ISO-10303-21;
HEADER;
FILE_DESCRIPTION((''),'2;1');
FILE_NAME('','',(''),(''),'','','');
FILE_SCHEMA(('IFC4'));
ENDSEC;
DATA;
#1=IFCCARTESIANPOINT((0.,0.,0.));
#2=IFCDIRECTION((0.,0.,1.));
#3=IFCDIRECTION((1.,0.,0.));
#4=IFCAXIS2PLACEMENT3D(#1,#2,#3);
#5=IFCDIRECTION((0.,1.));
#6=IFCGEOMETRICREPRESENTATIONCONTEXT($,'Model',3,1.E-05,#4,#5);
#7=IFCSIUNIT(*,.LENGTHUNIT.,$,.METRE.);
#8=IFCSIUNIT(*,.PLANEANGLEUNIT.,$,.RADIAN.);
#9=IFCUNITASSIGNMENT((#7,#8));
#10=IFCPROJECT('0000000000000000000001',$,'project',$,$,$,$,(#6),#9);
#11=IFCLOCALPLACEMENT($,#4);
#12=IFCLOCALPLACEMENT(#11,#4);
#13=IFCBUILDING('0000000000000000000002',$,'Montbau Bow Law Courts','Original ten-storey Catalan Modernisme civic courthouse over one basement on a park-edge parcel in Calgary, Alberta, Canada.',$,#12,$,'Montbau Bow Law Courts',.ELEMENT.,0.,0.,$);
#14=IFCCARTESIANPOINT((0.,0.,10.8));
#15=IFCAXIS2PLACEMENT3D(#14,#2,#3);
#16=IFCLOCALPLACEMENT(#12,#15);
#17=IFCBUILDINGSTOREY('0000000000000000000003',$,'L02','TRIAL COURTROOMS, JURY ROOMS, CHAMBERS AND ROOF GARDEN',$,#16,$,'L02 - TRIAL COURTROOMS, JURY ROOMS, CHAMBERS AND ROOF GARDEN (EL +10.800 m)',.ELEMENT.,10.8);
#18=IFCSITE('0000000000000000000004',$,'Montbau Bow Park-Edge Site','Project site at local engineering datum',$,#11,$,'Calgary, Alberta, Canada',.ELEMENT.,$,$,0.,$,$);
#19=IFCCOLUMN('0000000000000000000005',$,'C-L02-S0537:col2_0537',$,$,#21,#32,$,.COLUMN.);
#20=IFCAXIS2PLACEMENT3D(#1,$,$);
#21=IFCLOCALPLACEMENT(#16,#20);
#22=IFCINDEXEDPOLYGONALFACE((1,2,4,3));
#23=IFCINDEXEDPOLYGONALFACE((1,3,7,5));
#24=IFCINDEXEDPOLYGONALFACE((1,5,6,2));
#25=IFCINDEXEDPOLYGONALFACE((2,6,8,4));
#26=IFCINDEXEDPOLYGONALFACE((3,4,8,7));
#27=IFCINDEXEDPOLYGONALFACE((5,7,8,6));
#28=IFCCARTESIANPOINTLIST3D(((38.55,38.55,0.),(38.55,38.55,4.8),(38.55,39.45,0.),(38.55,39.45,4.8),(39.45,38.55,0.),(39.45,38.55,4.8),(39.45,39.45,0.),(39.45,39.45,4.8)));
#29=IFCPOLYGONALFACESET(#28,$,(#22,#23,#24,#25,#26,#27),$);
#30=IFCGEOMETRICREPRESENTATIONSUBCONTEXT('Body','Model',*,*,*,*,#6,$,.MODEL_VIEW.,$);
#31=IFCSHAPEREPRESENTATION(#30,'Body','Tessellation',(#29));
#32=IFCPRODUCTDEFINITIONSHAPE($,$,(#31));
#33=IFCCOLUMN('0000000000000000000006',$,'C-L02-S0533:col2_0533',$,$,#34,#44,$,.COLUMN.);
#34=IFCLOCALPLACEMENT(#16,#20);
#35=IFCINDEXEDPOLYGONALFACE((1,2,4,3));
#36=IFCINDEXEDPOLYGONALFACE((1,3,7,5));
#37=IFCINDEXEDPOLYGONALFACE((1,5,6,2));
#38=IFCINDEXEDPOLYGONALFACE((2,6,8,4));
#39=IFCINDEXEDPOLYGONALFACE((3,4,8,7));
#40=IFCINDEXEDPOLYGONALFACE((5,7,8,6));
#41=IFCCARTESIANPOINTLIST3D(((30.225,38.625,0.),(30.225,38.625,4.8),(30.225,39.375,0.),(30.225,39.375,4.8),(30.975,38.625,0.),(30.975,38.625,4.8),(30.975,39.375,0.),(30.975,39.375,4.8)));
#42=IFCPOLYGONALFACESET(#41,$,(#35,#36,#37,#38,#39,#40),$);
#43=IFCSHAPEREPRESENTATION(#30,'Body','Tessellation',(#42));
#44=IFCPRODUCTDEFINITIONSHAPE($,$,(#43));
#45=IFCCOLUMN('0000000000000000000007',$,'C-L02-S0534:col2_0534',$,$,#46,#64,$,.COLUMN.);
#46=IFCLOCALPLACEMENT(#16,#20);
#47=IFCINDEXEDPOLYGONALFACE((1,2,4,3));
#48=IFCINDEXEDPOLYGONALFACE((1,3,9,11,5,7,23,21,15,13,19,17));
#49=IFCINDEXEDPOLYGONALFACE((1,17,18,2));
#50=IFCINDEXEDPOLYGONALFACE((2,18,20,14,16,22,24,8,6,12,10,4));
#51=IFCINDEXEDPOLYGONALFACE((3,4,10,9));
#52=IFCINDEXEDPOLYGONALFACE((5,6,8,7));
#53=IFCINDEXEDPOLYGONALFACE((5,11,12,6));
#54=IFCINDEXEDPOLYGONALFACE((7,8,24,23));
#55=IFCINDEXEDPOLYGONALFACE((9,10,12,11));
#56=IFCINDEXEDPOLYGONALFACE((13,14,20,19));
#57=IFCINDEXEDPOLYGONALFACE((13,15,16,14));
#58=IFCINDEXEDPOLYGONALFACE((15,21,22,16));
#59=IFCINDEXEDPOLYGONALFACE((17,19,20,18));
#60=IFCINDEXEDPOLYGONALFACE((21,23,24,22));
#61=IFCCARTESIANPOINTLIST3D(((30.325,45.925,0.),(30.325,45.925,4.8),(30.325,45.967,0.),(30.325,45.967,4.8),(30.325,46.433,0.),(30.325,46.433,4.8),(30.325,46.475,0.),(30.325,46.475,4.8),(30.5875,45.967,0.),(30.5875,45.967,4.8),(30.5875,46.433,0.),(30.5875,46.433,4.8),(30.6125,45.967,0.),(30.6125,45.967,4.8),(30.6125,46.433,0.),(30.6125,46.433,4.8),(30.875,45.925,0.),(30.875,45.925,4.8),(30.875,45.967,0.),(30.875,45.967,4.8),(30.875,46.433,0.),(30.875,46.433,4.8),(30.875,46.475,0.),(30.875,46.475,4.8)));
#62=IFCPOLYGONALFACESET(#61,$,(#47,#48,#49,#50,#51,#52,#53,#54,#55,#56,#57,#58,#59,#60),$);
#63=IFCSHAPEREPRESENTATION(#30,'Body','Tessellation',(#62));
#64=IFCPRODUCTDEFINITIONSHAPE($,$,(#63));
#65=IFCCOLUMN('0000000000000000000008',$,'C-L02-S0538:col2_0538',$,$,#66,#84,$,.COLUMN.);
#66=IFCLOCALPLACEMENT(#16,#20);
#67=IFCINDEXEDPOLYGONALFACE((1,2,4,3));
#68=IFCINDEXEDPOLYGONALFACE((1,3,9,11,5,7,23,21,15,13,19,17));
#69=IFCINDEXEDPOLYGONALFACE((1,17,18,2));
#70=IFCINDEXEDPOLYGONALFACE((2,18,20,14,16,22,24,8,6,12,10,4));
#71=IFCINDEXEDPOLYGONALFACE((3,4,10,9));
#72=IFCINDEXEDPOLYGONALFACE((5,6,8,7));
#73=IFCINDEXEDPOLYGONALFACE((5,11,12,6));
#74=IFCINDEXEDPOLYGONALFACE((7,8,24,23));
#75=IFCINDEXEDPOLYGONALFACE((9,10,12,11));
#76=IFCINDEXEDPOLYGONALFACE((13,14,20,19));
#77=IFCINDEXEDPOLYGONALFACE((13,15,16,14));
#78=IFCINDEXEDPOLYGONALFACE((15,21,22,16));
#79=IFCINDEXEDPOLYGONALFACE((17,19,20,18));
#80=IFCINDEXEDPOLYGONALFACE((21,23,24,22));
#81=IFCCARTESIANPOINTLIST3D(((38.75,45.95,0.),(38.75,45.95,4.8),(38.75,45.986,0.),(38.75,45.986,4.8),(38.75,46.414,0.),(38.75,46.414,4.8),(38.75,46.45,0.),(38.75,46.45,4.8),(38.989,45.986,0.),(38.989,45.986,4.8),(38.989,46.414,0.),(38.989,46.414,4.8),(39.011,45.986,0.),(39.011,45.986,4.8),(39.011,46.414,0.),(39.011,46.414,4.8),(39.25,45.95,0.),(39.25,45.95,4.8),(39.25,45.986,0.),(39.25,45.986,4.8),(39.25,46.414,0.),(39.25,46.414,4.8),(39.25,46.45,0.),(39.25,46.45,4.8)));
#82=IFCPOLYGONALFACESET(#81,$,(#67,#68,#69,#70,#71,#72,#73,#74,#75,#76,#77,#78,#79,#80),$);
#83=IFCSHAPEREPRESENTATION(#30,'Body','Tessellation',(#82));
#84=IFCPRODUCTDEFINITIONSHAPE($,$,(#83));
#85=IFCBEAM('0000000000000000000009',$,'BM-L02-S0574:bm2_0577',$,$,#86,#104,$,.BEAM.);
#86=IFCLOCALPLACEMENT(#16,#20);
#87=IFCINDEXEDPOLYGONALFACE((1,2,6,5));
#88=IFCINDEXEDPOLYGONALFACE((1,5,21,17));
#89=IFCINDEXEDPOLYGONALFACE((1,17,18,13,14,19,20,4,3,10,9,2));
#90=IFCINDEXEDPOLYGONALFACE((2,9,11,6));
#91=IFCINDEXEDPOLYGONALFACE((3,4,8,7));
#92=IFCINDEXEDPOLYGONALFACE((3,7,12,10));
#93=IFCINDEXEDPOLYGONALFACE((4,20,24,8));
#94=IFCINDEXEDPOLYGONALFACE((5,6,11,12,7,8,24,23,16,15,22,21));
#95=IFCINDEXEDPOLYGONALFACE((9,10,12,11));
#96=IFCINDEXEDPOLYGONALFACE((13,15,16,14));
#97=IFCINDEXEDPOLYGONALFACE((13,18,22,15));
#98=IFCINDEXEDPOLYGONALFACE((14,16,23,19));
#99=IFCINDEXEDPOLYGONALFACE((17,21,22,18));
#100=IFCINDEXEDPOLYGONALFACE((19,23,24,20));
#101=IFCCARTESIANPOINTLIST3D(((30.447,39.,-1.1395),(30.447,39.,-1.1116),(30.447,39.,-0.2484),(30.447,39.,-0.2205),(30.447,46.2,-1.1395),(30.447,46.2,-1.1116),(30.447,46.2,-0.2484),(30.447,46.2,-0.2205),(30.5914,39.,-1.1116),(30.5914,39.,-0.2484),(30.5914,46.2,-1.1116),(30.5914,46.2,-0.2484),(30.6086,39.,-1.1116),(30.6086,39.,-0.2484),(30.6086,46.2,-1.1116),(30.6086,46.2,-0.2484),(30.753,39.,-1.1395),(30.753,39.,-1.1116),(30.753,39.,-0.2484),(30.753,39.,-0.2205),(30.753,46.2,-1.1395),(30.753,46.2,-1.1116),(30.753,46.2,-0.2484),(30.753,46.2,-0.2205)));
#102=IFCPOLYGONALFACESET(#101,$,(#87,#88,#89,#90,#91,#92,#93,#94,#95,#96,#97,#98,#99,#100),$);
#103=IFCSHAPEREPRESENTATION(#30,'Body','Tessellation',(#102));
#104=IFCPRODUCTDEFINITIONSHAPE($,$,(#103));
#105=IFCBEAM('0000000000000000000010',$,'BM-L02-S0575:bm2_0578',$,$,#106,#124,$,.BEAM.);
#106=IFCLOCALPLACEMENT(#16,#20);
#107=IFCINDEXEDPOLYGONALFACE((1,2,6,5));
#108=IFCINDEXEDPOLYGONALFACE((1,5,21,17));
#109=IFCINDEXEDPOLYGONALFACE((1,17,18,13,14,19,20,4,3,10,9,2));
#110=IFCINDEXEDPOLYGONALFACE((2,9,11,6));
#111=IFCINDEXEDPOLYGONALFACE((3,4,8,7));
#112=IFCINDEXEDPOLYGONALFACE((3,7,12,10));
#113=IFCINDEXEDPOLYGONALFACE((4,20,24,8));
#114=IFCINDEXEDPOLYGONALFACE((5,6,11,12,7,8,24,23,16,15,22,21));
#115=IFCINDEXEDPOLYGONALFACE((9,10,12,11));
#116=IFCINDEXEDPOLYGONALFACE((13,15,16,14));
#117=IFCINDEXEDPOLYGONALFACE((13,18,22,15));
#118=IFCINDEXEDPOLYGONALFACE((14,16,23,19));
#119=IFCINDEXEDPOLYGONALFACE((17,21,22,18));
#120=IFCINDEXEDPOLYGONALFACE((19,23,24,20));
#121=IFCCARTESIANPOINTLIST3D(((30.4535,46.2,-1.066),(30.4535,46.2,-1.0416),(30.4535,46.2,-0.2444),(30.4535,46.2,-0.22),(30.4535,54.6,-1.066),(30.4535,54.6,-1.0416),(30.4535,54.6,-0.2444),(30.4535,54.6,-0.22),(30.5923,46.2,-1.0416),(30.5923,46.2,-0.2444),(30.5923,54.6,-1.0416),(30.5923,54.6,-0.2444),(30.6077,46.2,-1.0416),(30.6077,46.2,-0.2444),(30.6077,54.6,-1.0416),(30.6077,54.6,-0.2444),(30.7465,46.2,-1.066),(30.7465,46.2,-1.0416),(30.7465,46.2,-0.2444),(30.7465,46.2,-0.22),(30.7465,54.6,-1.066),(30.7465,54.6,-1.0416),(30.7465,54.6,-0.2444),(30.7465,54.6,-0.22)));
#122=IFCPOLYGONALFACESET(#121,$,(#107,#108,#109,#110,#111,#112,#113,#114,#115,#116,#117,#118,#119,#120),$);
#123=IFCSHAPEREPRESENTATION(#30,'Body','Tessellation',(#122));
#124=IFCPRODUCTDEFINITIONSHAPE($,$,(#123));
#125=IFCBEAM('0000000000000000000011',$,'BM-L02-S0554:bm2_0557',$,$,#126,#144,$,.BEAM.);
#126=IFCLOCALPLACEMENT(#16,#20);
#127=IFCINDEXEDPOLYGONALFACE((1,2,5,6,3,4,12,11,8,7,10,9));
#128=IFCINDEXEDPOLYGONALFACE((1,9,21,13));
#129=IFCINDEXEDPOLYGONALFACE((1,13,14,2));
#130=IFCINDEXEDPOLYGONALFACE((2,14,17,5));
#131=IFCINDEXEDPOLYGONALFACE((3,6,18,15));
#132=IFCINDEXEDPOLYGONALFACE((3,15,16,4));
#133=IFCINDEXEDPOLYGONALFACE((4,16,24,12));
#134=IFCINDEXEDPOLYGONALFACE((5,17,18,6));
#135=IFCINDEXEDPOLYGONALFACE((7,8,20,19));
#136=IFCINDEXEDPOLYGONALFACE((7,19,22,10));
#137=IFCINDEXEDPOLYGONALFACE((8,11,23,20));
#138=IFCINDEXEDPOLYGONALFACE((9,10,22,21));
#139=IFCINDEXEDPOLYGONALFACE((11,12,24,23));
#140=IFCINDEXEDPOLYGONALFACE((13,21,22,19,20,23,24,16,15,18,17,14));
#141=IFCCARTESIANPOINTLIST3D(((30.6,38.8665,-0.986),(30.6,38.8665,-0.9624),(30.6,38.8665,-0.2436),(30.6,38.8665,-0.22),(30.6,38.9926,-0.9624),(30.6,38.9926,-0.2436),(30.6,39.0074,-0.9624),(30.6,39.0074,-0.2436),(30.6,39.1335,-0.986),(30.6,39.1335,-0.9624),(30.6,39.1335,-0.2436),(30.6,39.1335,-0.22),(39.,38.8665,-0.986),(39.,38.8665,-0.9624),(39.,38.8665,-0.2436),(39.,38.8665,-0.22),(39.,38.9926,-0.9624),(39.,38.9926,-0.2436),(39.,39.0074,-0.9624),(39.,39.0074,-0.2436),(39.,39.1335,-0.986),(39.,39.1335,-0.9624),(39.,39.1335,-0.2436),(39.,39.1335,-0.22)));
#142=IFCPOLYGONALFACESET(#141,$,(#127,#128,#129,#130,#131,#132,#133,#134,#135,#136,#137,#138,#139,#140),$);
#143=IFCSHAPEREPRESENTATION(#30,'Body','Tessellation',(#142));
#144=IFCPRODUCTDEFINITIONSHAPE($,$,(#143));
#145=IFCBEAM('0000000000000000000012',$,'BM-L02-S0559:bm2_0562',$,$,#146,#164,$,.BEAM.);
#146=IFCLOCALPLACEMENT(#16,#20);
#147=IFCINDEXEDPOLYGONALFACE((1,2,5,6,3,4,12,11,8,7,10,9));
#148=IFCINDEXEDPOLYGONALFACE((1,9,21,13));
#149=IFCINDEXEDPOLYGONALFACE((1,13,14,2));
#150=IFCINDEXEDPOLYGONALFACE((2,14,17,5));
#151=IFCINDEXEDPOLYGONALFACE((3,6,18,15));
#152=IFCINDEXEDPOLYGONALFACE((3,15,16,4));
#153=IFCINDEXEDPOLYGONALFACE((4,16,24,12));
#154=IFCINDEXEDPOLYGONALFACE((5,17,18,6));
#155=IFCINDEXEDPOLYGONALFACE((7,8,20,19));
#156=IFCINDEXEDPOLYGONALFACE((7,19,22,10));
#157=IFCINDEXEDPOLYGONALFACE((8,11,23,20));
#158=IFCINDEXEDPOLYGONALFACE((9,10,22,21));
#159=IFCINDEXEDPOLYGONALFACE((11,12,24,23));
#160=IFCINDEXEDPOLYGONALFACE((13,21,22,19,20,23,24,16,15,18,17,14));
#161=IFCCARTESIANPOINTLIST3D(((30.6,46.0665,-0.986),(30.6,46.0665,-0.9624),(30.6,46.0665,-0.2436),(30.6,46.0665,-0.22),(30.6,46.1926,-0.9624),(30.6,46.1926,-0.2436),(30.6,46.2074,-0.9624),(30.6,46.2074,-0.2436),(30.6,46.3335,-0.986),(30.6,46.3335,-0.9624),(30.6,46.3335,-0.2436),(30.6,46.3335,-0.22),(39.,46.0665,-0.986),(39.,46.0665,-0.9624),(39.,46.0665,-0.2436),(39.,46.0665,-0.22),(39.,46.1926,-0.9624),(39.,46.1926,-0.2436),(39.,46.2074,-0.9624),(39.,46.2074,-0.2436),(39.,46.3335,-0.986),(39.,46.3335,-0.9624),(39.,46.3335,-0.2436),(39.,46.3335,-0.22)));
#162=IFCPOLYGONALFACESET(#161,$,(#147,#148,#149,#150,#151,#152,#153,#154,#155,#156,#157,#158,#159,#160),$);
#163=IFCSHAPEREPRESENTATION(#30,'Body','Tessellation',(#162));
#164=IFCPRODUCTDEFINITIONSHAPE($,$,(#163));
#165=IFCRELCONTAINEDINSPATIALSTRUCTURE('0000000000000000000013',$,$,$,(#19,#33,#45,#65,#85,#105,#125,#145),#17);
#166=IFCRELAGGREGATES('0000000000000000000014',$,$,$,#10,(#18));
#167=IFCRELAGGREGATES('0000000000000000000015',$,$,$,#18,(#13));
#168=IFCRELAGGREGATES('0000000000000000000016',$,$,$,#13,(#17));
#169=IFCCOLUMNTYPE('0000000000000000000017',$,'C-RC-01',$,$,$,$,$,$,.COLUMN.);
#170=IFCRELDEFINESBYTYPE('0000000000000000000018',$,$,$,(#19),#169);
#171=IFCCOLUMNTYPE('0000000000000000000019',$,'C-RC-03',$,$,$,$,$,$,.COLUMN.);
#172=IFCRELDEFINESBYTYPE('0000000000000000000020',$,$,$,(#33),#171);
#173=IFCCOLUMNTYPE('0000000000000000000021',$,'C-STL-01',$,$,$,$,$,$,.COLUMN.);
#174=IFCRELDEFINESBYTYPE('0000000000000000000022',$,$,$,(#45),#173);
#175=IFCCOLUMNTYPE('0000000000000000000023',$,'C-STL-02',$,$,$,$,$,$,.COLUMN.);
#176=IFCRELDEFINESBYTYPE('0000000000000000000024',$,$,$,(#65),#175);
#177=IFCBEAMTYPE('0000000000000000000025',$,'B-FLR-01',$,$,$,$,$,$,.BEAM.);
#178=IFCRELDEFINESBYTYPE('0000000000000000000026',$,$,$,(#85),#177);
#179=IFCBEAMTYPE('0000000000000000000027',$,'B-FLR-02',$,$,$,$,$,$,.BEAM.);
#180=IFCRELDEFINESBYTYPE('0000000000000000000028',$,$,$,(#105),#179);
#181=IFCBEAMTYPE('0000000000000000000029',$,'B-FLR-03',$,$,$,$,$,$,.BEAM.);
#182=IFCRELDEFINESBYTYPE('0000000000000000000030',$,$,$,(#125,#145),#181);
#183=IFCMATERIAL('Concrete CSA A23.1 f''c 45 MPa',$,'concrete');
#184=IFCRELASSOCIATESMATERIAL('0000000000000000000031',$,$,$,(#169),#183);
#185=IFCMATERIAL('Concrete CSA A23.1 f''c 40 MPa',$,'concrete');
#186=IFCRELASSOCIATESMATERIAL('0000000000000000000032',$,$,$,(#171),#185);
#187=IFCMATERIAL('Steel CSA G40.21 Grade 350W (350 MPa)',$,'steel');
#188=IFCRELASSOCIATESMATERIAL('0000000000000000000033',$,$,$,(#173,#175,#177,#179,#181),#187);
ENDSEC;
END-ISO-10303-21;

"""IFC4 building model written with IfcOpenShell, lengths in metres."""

from ifc_helpers import new_model, si_unit, direction, frame, origin_with_axes, origin_2d_with_axis, place, context, subcontext, project, spatial, rectangle, i_section, extrude, material, material_profile, profile_set, type_object, element, save


model = new_model("IFC4")

# Units and contexts
model_context = context("Model", 3, precision=1e-05, world=origin_with_axes(), true_north=direction((0.0, 1.0)))
body_context = subcontext(model_context, "Body", "Model", "MODEL_VIEW")
ifc_project = project(units=[si_unit("LENGTHUNIT", "METRE"), si_unit("PLANEANGLEUNIT", "RADIAN")], contexts=[model_context])

# Site, building, storey
site_placement = place(None, origin_with_axes())
site = spatial("IfcSite", under=ifc_project, at=site_placement, Name="Montbau Bow Park-Edge Site", Description="Project site at local engineering datum", LongName="Calgary, Alberta, Canada", CompositionType="ELEMENT", RefElevation=0.0)
building_placement = place(site_placement, origin_with_axes())
building = spatial("IfcBuilding", under=site, at=building_placement, Name="Montbau Bow Law Courts", Description="Original ten-storey Catalan Modernisme civic courthouse over one basement on a park-edge parcel in Calgary, Alberta, Canada.", LongName="Montbau Bow Law Courts", CompositionType="ELEMENT", ElevationOfRefHeight=0.0, ElevationOfTerrain=0.0)
storey_placement = place(building_placement, frame((0.0, 0.0, 10.8), z_axis=(0.0, 0.0, 1.0), x_axis=(1.0, 0.0, 0.0)))
storey = spatial("IfcBuildingStorey", under=building, at=storey_placement, Name="L02", Description="TRIAL COURTROOMS, JURY ROOMS, CHAMBERS AND ROOF GARDEN", LongName="L02 - TRIAL COURTROOMS, JURY ROOMS, CHAMBERS AND ROOF GARDEN (EL +10.800 m)", CompositionType="ELEMENT", Elevation=10.8)

# Columns
ifc_material_1 = material(Name="Concrete CSA A23.1 f'c 45 MPa", Category="concrete")
ifc_material_profile_1 = material_profile(ifc_material_1, rectangle(XDim=0.9, YDim=0.9, at=origin_2d_with_axis()), Name="RC900X900", Category="Main", Priority=0)
ifc_profile_set_1 = profile_set([ifc_material_profile_1], Name="Concrete CSA A23.1 f'c 45 MPa")
column_type_1 = type_object("IfcColumnType", Name="C-RC-01", PredefinedType="COLUMN", material=ifc_profile_set_1)
column_1_placement = place(None, frame((39.0, 39.0, 10.8), z_axis=(0.0, 0.0, 1.0), x_axis=(1.0, 0.0, 0.0)))
element("IfcColumn", 1, at=column_1_placement, inside=storey, type_object=column_type_1, Name="C-L02-S0537:col2_0537", PredefinedType="COLUMN", context=body_context, shape_type="SweptSolid", body=[
    extrude(rectangle(XDim=0.9, YDim=0.9, at=origin_2d_with_axis()), origin_with_axes(), (0.0, 0.0, 1.0), 4.8),
])
ifc_material_2 = material(Name="Concrete CSA A23.1 f'c 40 MPa", Category="concrete")
ifc_material_profile_2 = material_profile(ifc_material_2, rectangle(XDim=0.75, YDim=0.75, at=origin_2d_with_axis()), Name="RC750X750", Category="Main", Priority=0)
ifc_profile_set_2 = profile_set([ifc_material_profile_2], Name="Concrete CSA A23.1 f'c 40 MPa")
column_type_2 = type_object("IfcColumnType", Name="C-RC-03", PredefinedType="COLUMN", material=ifc_profile_set_2)
column_2_placement = place(None, frame((30.6, 39.0, 10.8), z_axis=(0.0, 0.0, 1.0), x_axis=(1.0, 0.0, 0.0)))
element("IfcColumn", 2, at=column_2_placement, inside=storey, type_object=column_type_2, Name="C-L02-S0533:col2_0533", PredefinedType="COLUMN", context=body_context, shape_type="SweptSolid", body=[
    extrude(rectangle(XDim=0.75, YDim=0.75, at=origin_2d_with_axis()), origin_with_axes(), (0.0, 0.0, 1.0), 4.8),
])
ifc_material_3 = material(Name="Steel CSA G40.21 Grade 350W (350 MPa)", Category="steel")
ifc_material_profile_3 = material_profile(ifc_material_3, i_section(OverallWidth=0.55, OverallDepth=0.55, WebThickness=0.025, FlangeThickness=0.042, at=origin_2d_with_axis()), Name="WWF550X420", Category="Main", Priority=0)
ifc_profile_set_3 = profile_set([ifc_material_profile_3], Name="Steel CSA G40.21 Grade 350W (350 MPa)")
column_type_3 = type_object("IfcColumnType", Name="C-STL-01", PredefinedType="COLUMN", material=ifc_profile_set_3)
column_3_placement = place(None, frame((30.6, 46.2, 10.8), z_axis=(0.0, 0.0, 1.0), x_axis=(1.0, 0.0, 0.0)))
element("IfcColumn", 3, at=column_3_placement, inside=storey, type_object=column_type_3, Name="C-L02-S0534:col2_0534", PredefinedType="COLUMN", context=body_context, shape_type="SweptSolid", body=[
    extrude(i_section(OverallWidth=0.55, OverallDepth=0.55, WebThickness=0.025, FlangeThickness=0.042, at=origin_2d_with_axis()), origin_with_axes(), (0.0, 0.0, 1.0), 4.8),
])
ifc_material_profile_4 = material_profile(ifc_material_3, i_section(OverallWidth=0.5, OverallDepth=0.5, WebThickness=0.022, FlangeThickness=0.036, at=origin_2d_with_axis()), Name="WWF500X343", Category="Main", Priority=0)
ifc_profile_set_4 = profile_set([ifc_material_profile_4], Name="Steel CSA G40.21 Grade 350W (350 MPa)")
column_type_4 = type_object("IfcColumnType", Name="C-STL-02", PredefinedType="COLUMN", material=ifc_profile_set_4)
column_4_placement = place(None, frame((39.0, 46.2, 10.8), z_axis=(0.0, 0.0, 1.0), x_axis=(1.0, 0.0, 0.0)))
element("IfcColumn", 4, at=column_4_placement, inside=storey, type_object=column_type_4, Name="C-L02-S0538:col2_0538", PredefinedType="COLUMN", context=body_context, shape_type="SweptSolid", body=[
    extrude(i_section(OverallWidth=0.5, OverallDepth=0.5, WebThickness=0.022, FlangeThickness=0.036, at=origin_2d_with_axis()), origin_with_axes(), (0.0, 0.0, 1.0), 4.8),
])

# Beams
ifc_material_profile_5 = material_profile(ifc_material_3, i_section(OverallWidth=0.306, OverallDepth=0.919, WebThickness=0.0173, FlangeThickness=0.0279, at=origin_2d_with_axis()), Name="W920X253", Category="Main", Priority=0)
ifc_profile_set_5 = profile_set([ifc_material_profile_5], Name="Steel CSA G40.21 Grade 350W (350 MPa)")
beam_type_1 = type_object("IfcBeamType", Name="B-FLR-01", PredefinedType="BEAM", material=ifc_profile_set_5)
beam_1_placement = place(None, frame((30.6, 39.0, 10.12), z_axis=(0.0, 1.0, 0.0), x_axis=(-1.0, 0.0, 0.0)))
element("IfcBeam", 5, at=beam_1_placement, inside=storey, type_object=beam_type_1, Name="BM-L02-S0574:bm2_0577", PredefinedType="BEAM", context=body_context, shape_type="SweptSolid", body=[
    extrude(i_section(OverallWidth=0.306, OverallDepth=0.919, WebThickness=0.0173, FlangeThickness=0.0279, at=origin_2d_with_axis()), origin_with_axes(), (0.0, 0.0, 1.0), 7.2),
])
ifc_material_profile_6 = material_profile(ifc_material_3, i_section(OverallWidth=0.293, OverallDepth=0.846, WebThickness=0.0154, FlangeThickness=0.0244, at=origin_2d_with_axis()), Name="W840X210", Category="Main", Priority=0)
ifc_profile_set_6 = profile_set([ifc_material_profile_6], Name="Steel CSA G40.21 Grade 350W (350 MPa)")
beam_type_2 = type_object("IfcBeamType", Name="B-FLR-02", PredefinedType="BEAM", material=ifc_profile_set_6)
beam_2_placement = place(None, frame((30.6, 46.2, 10.157), z_axis=(0.0, 1.0, 0.0), x_axis=(-1.0, 0.0, 0.0)))
element("IfcBeam", 6, at=beam_2_placement, inside=storey, type_object=beam_type_2, Name="BM-L02-S0575:bm2_0578", PredefinedType="BEAM", context=body_context, shape_type="SweptSolid", body=[
    extrude(i_section(OverallWidth=0.293, OverallDepth=0.846, WebThickness=0.0154, FlangeThickness=0.0244, at=origin_2d_with_axis()), origin_with_axes(), (0.0, 0.0, 1.0), 8.4),
])
ifc_material_profile_7 = material_profile(ifc_material_3, i_section(OverallWidth=0.267, OverallDepth=0.766, WebThickness=0.0149, FlangeThickness=0.0236, at=origin_2d_with_axis()), Name="W760X185", Category="Main", Priority=0)
ifc_profile_set_7 = profile_set([ifc_material_profile_7], Name="Steel CSA G40.21 Grade 350W (350 MPa)")
beam_type_3 = type_object("IfcBeamType", Name="B-FLR-03", PredefinedType="BEAM", material=ifc_profile_set_7)
for number, where, z_axis, x_axis, name in (
    (7, (30.6, 39.0, 10.197), (1.0, 0.0, 0.0), (0.0, 1.0, 0.0), "BM-L02-S0554:bm2_0557"),
    (8, (30.6, 46.2, 10.197), (1.0, 0.0, 0.0), (0.0, 1.0, 0.0), "BM-L02-S0559:bm2_0562"),
):
    element("IfcBeam", number, at=place(None, frame(where, z_axis=z_axis, x_axis=x_axis)), inside=storey, type_object=beam_type_3, Name=name, PredefinedType="BEAM", context=body_context, shape_type="SweptSolid", body=[
        extrude(i_section(OverallWidth=0.267, OverallDepth=0.766, WebThickness=0.0149, FlangeThickness=0.0236, at=origin_2d_with_axis()), origin_with_axes(), (0.0, 0.0, 1.0), 8.4),
    ])

save(model, "model.ifc")
